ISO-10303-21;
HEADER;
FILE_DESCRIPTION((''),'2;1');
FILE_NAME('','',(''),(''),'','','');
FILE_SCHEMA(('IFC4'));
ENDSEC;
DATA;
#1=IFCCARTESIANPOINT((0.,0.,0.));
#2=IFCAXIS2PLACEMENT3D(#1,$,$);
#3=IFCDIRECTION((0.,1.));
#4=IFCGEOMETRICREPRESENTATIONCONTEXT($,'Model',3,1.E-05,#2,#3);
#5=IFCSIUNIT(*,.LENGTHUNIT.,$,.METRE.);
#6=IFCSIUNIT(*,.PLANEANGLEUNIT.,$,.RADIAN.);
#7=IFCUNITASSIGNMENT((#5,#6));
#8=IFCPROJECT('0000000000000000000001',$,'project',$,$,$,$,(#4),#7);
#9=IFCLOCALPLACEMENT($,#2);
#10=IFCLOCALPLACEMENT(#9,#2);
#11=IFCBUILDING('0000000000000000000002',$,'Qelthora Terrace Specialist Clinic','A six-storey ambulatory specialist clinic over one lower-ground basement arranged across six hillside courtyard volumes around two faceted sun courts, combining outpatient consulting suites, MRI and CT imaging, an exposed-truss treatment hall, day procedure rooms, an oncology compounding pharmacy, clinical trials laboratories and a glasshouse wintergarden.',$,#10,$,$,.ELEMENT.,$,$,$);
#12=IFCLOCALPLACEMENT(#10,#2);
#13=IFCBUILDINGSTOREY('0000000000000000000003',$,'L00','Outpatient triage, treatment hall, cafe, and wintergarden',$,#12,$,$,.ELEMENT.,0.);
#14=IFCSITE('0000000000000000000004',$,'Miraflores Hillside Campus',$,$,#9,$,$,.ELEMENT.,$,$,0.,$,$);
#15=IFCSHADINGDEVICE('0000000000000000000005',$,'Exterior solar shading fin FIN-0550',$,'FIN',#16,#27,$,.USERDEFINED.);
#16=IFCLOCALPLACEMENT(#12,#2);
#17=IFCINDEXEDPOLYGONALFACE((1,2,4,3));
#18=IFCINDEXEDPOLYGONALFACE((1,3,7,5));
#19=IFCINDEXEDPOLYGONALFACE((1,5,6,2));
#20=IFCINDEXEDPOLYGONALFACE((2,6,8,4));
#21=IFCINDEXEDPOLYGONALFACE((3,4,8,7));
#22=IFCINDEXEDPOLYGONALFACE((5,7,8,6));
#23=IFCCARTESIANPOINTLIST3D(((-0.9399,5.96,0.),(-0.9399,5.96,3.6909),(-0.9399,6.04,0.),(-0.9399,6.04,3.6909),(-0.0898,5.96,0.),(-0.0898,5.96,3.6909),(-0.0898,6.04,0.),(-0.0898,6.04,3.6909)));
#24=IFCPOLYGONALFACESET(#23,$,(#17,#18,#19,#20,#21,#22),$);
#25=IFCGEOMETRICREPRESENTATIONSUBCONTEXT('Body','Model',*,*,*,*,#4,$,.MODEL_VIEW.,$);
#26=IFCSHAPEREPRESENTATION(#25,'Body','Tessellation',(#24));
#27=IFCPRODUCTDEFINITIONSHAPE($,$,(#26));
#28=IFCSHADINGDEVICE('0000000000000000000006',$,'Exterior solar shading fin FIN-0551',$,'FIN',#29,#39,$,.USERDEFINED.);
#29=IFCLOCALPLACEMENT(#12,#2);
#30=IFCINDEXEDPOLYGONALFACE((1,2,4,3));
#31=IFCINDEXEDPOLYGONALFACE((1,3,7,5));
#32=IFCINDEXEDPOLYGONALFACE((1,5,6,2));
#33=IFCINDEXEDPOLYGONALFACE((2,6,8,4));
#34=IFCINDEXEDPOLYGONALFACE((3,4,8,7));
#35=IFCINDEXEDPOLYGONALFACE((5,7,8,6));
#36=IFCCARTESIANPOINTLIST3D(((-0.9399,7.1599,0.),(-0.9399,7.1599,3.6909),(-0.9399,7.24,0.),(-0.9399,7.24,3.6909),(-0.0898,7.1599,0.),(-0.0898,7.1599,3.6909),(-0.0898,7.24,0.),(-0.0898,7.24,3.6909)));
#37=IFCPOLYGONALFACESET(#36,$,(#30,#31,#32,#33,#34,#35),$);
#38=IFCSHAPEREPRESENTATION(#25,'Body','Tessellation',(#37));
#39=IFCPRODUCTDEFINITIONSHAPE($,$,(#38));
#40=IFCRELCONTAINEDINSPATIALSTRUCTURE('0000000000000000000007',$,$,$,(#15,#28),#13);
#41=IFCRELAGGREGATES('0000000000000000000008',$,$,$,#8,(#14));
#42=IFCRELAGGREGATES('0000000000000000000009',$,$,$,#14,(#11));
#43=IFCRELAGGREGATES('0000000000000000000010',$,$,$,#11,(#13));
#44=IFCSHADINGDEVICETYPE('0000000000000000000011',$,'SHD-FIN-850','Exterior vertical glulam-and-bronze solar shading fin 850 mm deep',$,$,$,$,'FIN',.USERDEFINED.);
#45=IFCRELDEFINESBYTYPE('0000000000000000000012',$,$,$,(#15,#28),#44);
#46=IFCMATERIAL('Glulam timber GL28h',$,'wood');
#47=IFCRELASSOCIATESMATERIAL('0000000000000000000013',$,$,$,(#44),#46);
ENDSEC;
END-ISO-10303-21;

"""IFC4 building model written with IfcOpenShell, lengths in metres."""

from ifc_helpers import new_model, si_unit, direction, frame, origin, origin_2d, place, context, subcontext, project, spatial, rectangle, extrude, material, type_object, element, save


model = new_model("IFC4")

# Units and contexts
model_context = context("Model", 3, precision=1e-05, world=origin(), true_north=direction((0.0, 1.0)))
body_context = subcontext(model_context, "Body", "Model", "MODEL_VIEW")
ifc_project = project(units=[si_unit("LENGTHUNIT", "METRE"), si_unit("PLANEANGLEUNIT", "RADIAN")], contexts=[model_context])

# Site, building, storey
site_placement = place(None, origin())
site = spatial("IfcSite", under=ifc_project, at=site_placement, Name="Miraflores Hillside Campus", CompositionType="ELEMENT", RefElevation=0.0)
building_placement = place(site_placement, origin())
building = spatial("IfcBuilding", under=site, at=building_placement, Name="Qelthora Terrace Specialist Clinic", Description="A six-storey ambulatory specialist clinic over one lower-ground basement arranged across six hillside courtyard volumes around two faceted sun courts, combining outpatient consulting suites, MRI and CT imaging, an exposed-truss treatment hall, day procedure rooms, an oncology compounding pharmacy, clinical trials laboratories and a glasshouse wintergarden.", CompositionType="ELEMENT")
storey_placement = place(building_placement, origin())
storey = spatial("IfcBuildingStorey", under=building, at=storey_placement, Name="L00", Description="Outpatient triage, treatment hall, cafe, and wintergarden", CompositionType="ELEMENT", Elevation=0.0)

# Shading devices
ifc_material_1 = material(Name="Glulam timber GL28h", Category="wood")
shading_device_type = type_object("IfcShadingDeviceType", Name="SHD-FIN-850", Description="Exterior vertical glulam-and-bronze solar shading fin 850 mm deep", ElementType="FIN", PredefinedType="USERDEFINED", material=ifc_material_1)
for number, where, z_axis, x_axis, name in (
    (1, (-0.5149, 6.0, 0.0), (0.0, 0.0, 1.0), (-1.0, 0.0, 0.0), "Exterior solar shading fin FIN-0550"),
    (2, (-0.5149, 7.2, 0.0), (0.0, 0.0, 1.0), (-1.0, 0.0, 0.0), "Exterior solar shading fin FIN-0551"),
):
    element("IfcShadingDevice", number, at=place(storey_placement, frame(where, z_axis=z_axis, x_axis=x_axis)), inside=storey, type_object=shading_device_type, Name=name, ObjectType="FIN", PredefinedType="USERDEFINED", context=body_context, shape_type="SweptSolid", body=[
        extrude(rectangle(XDim=0.8501, YDim=0.0801, at=origin_2d()), origin(), (0.0, 0.0, 1.0), 3.6909),
    ])

save(model, "model.ifc")
